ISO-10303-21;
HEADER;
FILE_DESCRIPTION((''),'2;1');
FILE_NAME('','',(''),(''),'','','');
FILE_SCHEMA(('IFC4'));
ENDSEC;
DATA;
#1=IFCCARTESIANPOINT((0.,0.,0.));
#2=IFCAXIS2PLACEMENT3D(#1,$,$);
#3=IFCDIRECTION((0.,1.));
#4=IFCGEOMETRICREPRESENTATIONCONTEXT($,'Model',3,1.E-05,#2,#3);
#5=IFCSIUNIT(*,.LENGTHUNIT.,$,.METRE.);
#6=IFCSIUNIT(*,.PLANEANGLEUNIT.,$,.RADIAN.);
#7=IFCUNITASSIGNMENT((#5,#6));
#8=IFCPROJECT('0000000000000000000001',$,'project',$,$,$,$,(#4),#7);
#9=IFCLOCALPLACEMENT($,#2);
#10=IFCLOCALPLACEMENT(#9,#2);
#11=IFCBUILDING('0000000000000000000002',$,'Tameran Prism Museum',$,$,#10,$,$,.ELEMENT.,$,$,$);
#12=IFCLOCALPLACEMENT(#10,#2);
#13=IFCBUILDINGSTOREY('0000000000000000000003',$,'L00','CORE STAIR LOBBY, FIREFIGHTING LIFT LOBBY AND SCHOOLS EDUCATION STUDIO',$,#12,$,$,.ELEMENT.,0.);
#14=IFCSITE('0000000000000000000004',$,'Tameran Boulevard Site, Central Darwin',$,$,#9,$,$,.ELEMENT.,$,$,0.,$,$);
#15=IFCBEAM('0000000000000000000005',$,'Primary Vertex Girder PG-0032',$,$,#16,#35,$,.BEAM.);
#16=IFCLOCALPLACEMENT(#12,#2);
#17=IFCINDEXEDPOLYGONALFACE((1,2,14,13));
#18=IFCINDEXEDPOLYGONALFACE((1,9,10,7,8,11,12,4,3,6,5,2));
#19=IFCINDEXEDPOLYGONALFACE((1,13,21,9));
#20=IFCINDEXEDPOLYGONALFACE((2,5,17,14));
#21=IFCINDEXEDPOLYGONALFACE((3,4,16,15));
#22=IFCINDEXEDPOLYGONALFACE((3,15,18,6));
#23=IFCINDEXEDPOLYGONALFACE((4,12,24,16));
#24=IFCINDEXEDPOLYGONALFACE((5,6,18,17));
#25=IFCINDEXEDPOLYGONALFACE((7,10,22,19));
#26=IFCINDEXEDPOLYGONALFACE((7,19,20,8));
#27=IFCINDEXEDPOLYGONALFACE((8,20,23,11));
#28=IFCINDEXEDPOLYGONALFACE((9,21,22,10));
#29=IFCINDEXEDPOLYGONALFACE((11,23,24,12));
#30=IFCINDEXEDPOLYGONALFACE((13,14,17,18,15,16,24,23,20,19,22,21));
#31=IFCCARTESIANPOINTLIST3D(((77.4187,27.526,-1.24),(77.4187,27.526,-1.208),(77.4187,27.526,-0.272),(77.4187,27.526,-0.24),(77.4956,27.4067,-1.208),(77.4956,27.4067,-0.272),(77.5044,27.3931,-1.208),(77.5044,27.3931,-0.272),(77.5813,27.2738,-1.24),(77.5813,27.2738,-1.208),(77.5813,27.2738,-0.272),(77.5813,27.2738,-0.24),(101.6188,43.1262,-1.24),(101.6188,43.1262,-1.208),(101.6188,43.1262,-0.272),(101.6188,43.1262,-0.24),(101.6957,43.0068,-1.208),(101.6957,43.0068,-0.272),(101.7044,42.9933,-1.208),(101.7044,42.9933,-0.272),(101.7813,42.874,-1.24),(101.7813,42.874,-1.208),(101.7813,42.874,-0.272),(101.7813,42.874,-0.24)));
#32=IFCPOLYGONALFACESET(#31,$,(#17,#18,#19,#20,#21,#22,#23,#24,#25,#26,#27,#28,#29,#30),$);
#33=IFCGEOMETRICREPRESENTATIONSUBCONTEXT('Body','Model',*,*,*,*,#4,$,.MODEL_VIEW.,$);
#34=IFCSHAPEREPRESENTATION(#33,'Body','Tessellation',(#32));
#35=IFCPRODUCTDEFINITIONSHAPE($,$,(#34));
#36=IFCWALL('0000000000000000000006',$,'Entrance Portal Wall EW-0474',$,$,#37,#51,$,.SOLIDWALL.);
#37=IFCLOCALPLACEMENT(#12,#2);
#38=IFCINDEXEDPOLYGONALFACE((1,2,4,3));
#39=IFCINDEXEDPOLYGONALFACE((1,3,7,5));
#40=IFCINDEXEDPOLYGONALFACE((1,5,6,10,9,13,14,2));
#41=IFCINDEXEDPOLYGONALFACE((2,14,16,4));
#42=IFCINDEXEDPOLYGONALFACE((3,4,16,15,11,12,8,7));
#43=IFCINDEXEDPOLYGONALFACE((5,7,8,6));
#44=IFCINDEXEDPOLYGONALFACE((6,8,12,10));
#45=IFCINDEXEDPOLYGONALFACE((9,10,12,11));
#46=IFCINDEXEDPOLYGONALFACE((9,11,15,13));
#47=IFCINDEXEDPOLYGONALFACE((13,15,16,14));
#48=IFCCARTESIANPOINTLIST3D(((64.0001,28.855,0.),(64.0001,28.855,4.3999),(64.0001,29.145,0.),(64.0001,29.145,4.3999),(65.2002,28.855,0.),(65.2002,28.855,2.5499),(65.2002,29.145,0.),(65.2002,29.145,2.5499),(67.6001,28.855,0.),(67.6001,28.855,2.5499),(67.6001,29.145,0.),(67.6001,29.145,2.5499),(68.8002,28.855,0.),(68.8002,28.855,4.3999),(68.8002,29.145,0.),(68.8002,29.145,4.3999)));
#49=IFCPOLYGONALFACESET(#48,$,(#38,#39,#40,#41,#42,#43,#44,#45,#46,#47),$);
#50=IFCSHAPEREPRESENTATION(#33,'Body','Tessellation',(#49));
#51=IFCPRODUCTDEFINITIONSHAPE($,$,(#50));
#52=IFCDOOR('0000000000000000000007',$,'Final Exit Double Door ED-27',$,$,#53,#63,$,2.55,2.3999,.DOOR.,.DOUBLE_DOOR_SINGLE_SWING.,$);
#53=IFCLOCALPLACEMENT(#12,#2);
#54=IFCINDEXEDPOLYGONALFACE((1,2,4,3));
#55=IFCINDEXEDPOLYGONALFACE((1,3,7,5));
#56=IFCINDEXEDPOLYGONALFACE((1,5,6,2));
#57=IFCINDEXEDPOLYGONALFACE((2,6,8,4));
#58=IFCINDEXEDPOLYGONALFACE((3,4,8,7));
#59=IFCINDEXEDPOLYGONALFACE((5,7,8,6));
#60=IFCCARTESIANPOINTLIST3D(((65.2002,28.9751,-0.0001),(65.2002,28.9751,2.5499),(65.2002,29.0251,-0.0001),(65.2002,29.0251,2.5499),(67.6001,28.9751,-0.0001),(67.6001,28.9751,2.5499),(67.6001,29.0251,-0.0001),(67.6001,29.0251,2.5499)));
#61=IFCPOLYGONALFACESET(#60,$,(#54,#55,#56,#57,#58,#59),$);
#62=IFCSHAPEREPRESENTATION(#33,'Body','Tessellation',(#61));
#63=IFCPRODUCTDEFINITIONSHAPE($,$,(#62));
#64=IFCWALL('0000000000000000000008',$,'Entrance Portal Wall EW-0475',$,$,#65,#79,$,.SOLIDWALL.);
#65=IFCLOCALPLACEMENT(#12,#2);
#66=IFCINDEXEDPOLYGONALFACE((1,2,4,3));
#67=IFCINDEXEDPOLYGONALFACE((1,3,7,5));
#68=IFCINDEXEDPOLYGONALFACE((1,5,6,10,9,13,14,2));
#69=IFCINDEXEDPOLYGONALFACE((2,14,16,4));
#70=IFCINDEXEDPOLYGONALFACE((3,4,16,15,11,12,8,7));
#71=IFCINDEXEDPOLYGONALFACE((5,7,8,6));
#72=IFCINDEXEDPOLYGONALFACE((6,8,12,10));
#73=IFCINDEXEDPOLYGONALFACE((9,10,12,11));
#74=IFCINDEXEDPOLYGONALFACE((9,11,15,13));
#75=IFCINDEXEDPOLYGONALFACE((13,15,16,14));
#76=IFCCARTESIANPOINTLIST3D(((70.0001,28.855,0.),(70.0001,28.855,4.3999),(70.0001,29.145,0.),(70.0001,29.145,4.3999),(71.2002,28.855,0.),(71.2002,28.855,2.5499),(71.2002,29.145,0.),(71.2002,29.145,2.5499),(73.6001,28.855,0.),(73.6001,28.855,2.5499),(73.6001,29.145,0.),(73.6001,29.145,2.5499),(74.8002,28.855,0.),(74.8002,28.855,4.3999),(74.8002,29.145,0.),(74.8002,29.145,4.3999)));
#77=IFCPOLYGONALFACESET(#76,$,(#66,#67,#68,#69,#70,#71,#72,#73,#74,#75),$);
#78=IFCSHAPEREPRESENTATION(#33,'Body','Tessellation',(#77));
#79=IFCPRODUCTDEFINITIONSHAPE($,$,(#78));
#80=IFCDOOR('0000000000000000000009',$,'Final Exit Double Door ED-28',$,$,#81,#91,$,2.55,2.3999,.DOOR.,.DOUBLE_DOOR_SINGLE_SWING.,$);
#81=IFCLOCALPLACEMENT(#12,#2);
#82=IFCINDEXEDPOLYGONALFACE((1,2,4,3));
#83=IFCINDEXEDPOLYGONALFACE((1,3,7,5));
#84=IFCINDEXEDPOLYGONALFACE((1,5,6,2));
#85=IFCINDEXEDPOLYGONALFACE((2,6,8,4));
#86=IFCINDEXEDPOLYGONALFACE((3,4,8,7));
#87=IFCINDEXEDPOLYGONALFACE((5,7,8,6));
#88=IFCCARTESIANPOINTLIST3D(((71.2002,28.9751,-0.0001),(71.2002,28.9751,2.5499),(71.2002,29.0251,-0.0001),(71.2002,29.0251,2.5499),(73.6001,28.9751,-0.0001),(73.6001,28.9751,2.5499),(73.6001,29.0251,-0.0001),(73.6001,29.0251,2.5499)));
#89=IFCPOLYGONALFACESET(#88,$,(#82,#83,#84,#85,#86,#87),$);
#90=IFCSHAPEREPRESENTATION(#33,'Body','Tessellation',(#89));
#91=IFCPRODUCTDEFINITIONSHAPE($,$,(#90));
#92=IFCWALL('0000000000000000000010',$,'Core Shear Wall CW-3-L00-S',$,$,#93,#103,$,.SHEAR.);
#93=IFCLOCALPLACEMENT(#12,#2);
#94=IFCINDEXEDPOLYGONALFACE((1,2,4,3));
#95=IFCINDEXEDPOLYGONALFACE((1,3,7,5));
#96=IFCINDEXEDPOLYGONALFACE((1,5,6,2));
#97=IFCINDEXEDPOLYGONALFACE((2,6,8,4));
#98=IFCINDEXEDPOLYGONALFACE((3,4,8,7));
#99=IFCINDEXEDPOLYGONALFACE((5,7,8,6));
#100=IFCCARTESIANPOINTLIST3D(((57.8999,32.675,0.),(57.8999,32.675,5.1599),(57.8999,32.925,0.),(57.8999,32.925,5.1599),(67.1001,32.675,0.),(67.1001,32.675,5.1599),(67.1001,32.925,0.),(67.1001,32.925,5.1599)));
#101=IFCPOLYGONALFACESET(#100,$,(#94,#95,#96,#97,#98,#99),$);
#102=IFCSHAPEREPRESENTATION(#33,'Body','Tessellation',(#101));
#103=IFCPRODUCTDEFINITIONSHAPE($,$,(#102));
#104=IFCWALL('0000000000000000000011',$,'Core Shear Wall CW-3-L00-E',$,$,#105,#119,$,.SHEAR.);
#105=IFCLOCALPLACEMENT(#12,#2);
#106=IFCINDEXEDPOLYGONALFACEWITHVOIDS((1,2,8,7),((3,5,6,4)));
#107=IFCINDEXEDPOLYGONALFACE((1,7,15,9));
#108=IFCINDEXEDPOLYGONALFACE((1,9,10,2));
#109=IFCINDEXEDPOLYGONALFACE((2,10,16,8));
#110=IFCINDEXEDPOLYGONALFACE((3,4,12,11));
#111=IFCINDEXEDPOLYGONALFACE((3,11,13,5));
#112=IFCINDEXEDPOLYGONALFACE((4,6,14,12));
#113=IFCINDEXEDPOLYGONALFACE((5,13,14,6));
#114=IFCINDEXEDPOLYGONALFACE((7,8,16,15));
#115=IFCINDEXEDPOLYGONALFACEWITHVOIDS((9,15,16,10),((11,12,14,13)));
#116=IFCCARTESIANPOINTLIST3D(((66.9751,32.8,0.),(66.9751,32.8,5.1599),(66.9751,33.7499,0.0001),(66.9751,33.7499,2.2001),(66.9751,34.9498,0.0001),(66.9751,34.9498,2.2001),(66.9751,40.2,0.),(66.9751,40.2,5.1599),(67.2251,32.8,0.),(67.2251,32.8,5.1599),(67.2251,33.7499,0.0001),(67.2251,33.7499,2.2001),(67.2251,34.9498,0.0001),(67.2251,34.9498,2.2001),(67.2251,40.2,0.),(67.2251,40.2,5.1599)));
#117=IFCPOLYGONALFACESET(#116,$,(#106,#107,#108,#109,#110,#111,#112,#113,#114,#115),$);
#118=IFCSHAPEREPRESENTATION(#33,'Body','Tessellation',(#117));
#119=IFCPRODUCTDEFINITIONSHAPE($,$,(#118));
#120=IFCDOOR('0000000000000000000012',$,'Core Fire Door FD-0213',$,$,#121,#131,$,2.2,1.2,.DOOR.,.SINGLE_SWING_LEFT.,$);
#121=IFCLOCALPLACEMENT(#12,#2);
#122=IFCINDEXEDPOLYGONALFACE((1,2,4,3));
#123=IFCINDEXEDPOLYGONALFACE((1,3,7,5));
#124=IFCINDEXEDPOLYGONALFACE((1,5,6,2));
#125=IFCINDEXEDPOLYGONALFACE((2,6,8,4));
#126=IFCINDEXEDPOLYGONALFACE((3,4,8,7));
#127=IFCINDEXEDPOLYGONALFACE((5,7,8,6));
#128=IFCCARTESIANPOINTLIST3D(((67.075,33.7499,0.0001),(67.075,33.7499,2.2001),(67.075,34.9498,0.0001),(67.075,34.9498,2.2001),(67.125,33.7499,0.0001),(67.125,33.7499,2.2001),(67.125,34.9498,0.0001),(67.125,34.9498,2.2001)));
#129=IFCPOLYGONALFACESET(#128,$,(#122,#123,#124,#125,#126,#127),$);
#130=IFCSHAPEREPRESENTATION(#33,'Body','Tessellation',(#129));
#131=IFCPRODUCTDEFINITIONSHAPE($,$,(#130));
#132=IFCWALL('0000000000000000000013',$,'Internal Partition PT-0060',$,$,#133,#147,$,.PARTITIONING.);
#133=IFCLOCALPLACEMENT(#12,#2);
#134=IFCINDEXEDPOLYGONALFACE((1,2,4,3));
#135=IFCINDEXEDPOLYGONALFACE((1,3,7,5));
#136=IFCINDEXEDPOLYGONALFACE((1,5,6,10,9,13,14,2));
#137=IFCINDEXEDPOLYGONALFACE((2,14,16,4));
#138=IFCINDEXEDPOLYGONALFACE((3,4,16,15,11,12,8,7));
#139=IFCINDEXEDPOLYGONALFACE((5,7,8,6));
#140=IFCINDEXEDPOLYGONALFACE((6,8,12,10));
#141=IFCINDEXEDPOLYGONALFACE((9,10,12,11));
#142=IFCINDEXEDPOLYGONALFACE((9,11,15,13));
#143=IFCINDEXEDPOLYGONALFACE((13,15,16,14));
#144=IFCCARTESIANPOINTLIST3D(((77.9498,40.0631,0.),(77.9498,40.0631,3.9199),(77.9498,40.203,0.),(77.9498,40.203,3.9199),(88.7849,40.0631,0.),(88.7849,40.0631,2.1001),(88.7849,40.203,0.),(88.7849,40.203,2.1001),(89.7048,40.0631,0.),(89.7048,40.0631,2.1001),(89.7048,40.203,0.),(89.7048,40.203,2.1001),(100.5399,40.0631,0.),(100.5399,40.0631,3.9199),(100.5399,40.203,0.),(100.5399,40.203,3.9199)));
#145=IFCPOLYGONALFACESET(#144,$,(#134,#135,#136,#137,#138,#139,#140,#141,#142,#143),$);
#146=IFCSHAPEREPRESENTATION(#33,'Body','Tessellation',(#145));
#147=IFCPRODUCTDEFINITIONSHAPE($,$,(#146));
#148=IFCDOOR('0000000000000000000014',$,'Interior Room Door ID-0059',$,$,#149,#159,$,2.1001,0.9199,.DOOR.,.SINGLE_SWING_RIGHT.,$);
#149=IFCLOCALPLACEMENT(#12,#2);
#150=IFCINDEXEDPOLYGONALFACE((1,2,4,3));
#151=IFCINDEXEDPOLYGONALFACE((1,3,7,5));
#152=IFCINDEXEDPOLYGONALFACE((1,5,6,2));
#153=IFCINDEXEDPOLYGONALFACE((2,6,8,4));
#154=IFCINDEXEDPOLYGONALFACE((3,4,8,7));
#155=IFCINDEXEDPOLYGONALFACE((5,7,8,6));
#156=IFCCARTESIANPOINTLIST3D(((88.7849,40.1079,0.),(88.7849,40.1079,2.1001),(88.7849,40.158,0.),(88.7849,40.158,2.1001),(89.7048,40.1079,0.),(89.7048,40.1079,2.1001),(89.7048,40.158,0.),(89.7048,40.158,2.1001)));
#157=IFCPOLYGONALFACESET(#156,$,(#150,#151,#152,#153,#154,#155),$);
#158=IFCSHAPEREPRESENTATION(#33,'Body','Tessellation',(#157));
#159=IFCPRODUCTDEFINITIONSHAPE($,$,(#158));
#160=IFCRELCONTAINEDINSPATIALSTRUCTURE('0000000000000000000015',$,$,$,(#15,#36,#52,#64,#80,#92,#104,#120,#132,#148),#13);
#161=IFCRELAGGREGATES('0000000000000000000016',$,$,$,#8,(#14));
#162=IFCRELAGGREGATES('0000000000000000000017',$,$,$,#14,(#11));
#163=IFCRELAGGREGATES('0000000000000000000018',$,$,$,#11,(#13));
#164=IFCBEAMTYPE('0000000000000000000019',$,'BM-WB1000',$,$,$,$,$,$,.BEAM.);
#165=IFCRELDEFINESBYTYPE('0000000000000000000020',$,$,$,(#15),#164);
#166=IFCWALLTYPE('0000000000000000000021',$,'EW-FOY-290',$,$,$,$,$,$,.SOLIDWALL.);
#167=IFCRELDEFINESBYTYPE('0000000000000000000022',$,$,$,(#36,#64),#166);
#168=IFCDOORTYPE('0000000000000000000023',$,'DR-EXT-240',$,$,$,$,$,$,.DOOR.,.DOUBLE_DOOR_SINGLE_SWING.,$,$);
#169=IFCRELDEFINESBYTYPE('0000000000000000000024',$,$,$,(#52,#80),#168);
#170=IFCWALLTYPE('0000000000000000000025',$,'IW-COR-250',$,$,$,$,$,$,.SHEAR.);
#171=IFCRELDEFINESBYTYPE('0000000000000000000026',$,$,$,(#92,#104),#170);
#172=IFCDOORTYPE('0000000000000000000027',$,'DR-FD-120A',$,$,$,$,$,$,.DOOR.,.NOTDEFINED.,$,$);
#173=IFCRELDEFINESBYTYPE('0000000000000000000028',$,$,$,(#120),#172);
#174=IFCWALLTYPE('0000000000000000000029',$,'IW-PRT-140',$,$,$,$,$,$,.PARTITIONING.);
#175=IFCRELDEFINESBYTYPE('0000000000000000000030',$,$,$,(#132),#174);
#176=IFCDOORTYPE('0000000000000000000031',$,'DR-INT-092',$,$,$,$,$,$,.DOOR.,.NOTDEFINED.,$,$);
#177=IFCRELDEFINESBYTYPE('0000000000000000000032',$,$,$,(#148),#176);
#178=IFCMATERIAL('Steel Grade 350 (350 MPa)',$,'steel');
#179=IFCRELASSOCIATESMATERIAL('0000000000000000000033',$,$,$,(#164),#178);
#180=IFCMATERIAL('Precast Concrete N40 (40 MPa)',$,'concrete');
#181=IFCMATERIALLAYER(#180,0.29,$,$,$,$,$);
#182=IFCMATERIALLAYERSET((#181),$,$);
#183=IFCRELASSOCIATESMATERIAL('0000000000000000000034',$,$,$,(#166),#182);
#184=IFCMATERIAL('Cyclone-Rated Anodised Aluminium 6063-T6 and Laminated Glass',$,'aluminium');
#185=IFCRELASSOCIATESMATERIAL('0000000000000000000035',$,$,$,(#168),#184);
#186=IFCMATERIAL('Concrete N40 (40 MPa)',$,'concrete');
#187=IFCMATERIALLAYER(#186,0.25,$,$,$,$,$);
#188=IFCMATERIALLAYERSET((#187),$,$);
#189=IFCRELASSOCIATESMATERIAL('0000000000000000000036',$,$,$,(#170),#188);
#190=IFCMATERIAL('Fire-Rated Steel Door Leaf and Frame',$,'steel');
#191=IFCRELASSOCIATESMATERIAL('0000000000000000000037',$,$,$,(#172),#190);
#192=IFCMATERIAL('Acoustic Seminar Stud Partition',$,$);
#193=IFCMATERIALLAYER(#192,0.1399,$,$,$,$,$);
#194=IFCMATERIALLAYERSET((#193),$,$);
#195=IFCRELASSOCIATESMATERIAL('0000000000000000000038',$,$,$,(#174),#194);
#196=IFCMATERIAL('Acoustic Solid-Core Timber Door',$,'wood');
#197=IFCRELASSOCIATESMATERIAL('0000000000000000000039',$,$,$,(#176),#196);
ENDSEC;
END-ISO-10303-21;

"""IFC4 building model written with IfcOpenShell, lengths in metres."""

from ifc_helpers import new_model, si_unit, direction, frame, frame_2d, origin, origin_2d, place, context, subcontext, project, spatial, rectangle, i_section, extrude, material, layer, layer_set, material_profile, profile_set, type_object, element, fill, save


model = new_model("IFC4")

# Units and contexts
model_context = context("Model", 3, precision=1e-05, world=origin(), true_north=direction((0.0, 1.0)))
body_context = subcontext(model_context, "Body", "Model", "MODEL_VIEW")
ifc_project = project(units=[si_unit("LENGTHUNIT", "METRE"), si_unit("PLANEANGLEUNIT", "RADIAN")], contexts=[model_context])

# Site, building, storey
site_placement = place(None, origin())
site = spatial("IfcSite", under=ifc_project, at=site_placement, Name="Tameran Boulevard Site, Central Darwin", CompositionType="ELEMENT", RefElevation=0.0)
building_placement = place(site_placement, origin())
building = spatial("IfcBuilding", under=site, at=building_placement, Name="Tameran Prism Museum", CompositionType="ELEMENT")
storey_placement = place(building_placement, origin())
storey = spatial("IfcBuildingStorey", under=building, at=storey_placement, Name="L00", Description="CORE STAIR LOBBY, FIREFIGHTING LIFT LOBBY AND SCHOOLS EDUCATION STUDIO", CompositionType="ELEMENT", Elevation=0.0)

# Beam
ifc_material_1 = material(Name="Steel Grade 350 (350 MPa)", Category="steel")
ifc_material_profile_1 = material_profile(ifc_material_1, i_section(OverallWidth=0.3, OverallDepth=1.0, WebThickness=0.0161, FlangeThickness=0.032, at=origin_2d()))
ifc_profile_set_1 = profile_set([ifc_material_profile_1])
beam_type_1 = type_object("IfcBeamType", Name="BM-WB1000", PredefinedType="BEAM", material=ifc_profile_set_1)
beam_1_placement = place(storey_placement, frame((77.5, 27.3999, -0.74), z_axis=(0.840499, 0.541814, 0.0), x_axis=(-0.541814, 0.840499, 0.0)))
element("IfcBeam", 1, at=beam_1_placement, inside=storey, type_object=beam_type_1, Name="Primary Vertex Girder PG-0032", PredefinedType="BEAM", context=body_context, shape_type="SweptSolid", body=[
    extrude(i_section(OverallWidth=0.3, OverallDepth=1.0, WebThickness=0.0161, FlangeThickness=0.032, at=origin_2d()), origin(), (0.0, 0.0, 1.0), 28.7925),
])

# Walls, openings, doors
ifc_material_2 = material(Name="Precast Concrete N40 (40 MPa)", Category="concrete")
ifc_layer_1 = layer(ifc_material_2, 0.29)
ifc_layer_set_1 = layer_set([ifc_layer_1])
wall_type_1 = type_object("IfcWallType", Name="EW-FOY-290", PredefinedType="SOLIDWALL", material=ifc_layer_set_1)
wall_1_placement = place(storey_placement, frame((68.8, 29.0, 0.0), z_axis=(0.0, 0.0, 1.0), x_axis=(-1.0, 0.0, 0.0)))
wall_1 = element("IfcWall", 2, at=wall_1_placement, inside=storey, type_object=wall_type_1, Name="Entrance Portal Wall EW-0474", PredefinedType="SOLIDWALL", context=body_context, shape_type="SweptSolid", body=[
    extrude(rectangle(XDim=4.8, YDim=0.29, at=frame_2d((2.3999, 0.0))), origin(), (0.0, 0.0, 1.0), 4.3999),
])
opening_1_placement = place(wall_1_placement, frame((1.2, 0.0, 0.0)))
opening_1 = element("IfcOpeningElement", 3, at=opening_1_placement, cuts=wall_1, PredefinedType="OPENING", context=body_context, shape_type="SweptSolid", body=[
    extrude(rectangle(XDim=2.3999, YDim=2.55, at=frame_2d((1.2, 1.2749))), frame((0.0, 0.155, 0.0), z_axis=(0.0, -1.0, 0.0), x_axis=(1.0, 0.0, 0.0)), (0.0, 0.0, 1.0), 0.3101),
])
ifc_material_3 = material(Name="Cyclone-Rated Anodised Aluminium 6063-T6 and Laminated Glass", Category="aluminium")
door_type_1 = type_object("IfcDoorType", Name="DR-EXT-240", OperationType="DOUBLE_DOOR_SINGLE_SWING", PredefinedType="DOOR", material=ifc_material_3)
door_1_placement = place(opening_1_placement, origin())
door_1 = element("IfcDoor", 4, at=door_1_placement, inside=storey, type_object=door_type_1, Name="Final Exit Double Door ED-27", OperationType="DOUBLE_DOOR_SINGLE_SWING", OverallHeight=2.55, OverallWidth=2.3999, PredefinedType="DOOR", context=body_context, shape_type="SweptSolid", body=[
    extrude(rectangle(XDim=2.3999, YDim=2.55, at=frame_2d((1.2, 1.2749))), frame((0.0, 0.0249, 0.0), z_axis=(0.0, -1.0, 0.0), x_axis=(1.0, 0.0, 0.0)), (0.0, 0.0, 1.0), 0.05),
])
fill(opening_1, door_1)
wall_2_placement = place(storey_placement, frame((74.8, 29.0, 0.0), z_axis=(0.0, 0.0, 1.0), x_axis=(-1.0, 0.0, 0.0)))
wall_2 = element("IfcWall", 5, at=wall_2_placement, inside=storey, type_object=wall_type_1, Name="Entrance Portal Wall EW-0475", PredefinedType="SOLIDWALL", context=body_context, shape_type="SweptSolid", body=[
    extrude(rectangle(XDim=4.8, YDim=0.29, at=frame_2d((2.3999, 0.0))), origin(), (0.0, 0.0, 1.0), 4.3999),
])
opening_2_placement = place(wall_2_placement, frame((1.2, 0.0, 0.0)))
opening_2 = element("IfcOpeningElement", 6, at=opening_2_placement, cuts=wall_2, PredefinedType="OPENING", context=body_context, shape_type="SweptSolid", body=[
    extrude(rectangle(XDim=2.3999, YDim=2.55, at=frame_2d((1.2, 1.2749))), frame((0.0, 0.155, 0.0), z_axis=(0.0, -1.0, 0.0), x_axis=(1.0, 0.0, 0.0)), (0.0, 0.0, 1.0), 0.3101),
])
door_2_placement = place(opening_2_placement, origin())
door_2 = element("IfcDoor", 7, at=door_2_placement, inside=storey, type_object=door_type_1, Name="Final Exit Double Door ED-28", OperationType="DOUBLE_DOOR_SINGLE_SWING", OverallHeight=2.55, OverallWidth=2.3999, PredefinedType="DOOR", context=body_context, shape_type="SweptSolid", body=[
    extrude(rectangle(XDim=2.3999, YDim=2.55, at=frame_2d((1.2, 1.2749))), frame((0.0, 0.0249, 0.0), z_axis=(0.0, -1.0, 0.0), x_axis=(1.0, 0.0, 0.0)), (0.0, 0.0, 1.0), 0.05),
])
fill(opening_2, door_2)

# Wall
ifc_material_4 = material(Name="Concrete N40 (40 MPa)", Category="concrete")
ifc_layer_2 = layer(ifc_material_4, 0.25)
ifc_layer_set_2 = layer_set([ifc_layer_2])
wall_type_2 = type_object("IfcWallType", Name="IW-COR-250", PredefinedType="SHEAR", material=ifc_layer_set_2)
wall_3_placement = place(storey_placement, frame((67.1001, 32.8, 0.0), z_axis=(0.0, 0.0, 1.0), x_axis=(-1.0, 0.0, 0.0)))
element("IfcWall", 8, at=wall_3_placement, inside=storey, type_object=wall_type_2, Name="Core Shear Wall CW-3-L00-S", PredefinedType="SHEAR", context=body_context, shape_type="SweptSolid", body=[
    extrude(rectangle(XDim=9.2002, YDim=0.25, at=frame_2d((4.6001, 0.0))), origin(), (0.0, 0.0, 1.0), 5.1599),
])

# Walls, openings, doors
wall_4_placement = place(storey_placement, frame((67.1001, 40.2, 0.0), z_axis=(0.0, 0.0, 1.0), x_axis=(0.0, -1.0, 0.0)))
wall_4 = element("IfcWall", 9, at=wall_4_placement, inside=storey, type_object=wall_type_2, Name="Core Shear Wall CW-3-L00-E", PredefinedType="SHEAR", context=body_context, shape_type="SweptSolid", body=[
    extrude(rectangle(XDim=7.3999, YDim=0.25, at=frame_2d((3.7, 0.0))), origin(), (0.0, 0.0, 1.0), 5.1599),
])
opening_3_placement = place(wall_4_placement, frame((5.25, 0.0, 0.0)))
opening_3 = element("IfcOpeningElement", 10, at=opening_3_placement, cuts=wall_4, PredefinedType="OPENING", context=body_context, shape_type="SweptSolid", body=[
    extrude(rectangle(XDim=1.2, YDim=2.2, at=frame_2d((0.6001, 1.1001))), frame((0.0, 0.135, 0.0), z_axis=(0.0, -1.0, 0.0), x_axis=(1.0, 0.0, 0.0)), (0.0, 0.0, 1.0), 0.27),
])
ifc_material_5 = material(Name="Fire-Rated Steel Door Leaf and Frame", Category="steel")
door_type_2 = type_object("IfcDoorType", Name="DR-FD-120A", OperationType="NOTDEFINED", PredefinedType="DOOR", material=ifc_material_5)
door_3_placement = place(opening_3_placement, origin())
door_3 = element("IfcDoor", 11, at=door_3_placement, inside=storey, type_object=door_type_2, Name="Core Fire Door FD-0213", OperationType="SINGLE_SWING_LEFT", OverallHeight=2.2, OverallWidth=1.2, PredefinedType="DOOR", context=body_context, shape_type="SweptSolid", body=[
    extrude(rectangle(XDim=1.2, YDim=2.2, at=frame_2d((0.6001, 1.1001))), frame((0.0, 0.0249, 0.0), z_axis=(0.0, -1.0, 0.0), x_axis=(1.0, 0.0, 0.0)), (0.0, 0.0, 1.0), 0.05),
])
fill(opening_3, door_3)
ifc_material_6 = material(Name="Acoustic Seminar Stud Partition")
ifc_layer_3 = layer(ifc_material_6, 0.1399)
ifc_layer_set_3 = layer_set([ifc_layer_3])
wall_type_3 = type_object("IfcWallType", Name="IW-PRT-140", PredefinedType="PARTITIONING", material=ifc_layer_set_3)
wall_5_placement = place(storey_placement, frame((77.95, 40.1331, 0.0), z_axis=(0.0, 0.0, 1.0), x_axis=(1.0, 0.0, 0.0)))
wall_5 = element("IfcWall", 12, at=wall_5_placement, inside=storey, type_object=wall_type_3, Name="Internal Partition PT-0060", PredefinedType="PARTITIONING", context=body_context, shape_type="SweptSolid", body=[
    extrude(rectangle(XDim=22.5901, YDim=0.1399, at=frame_2d((11.2949, 0.0))), origin(), (0.0, 0.0, 1.0), 3.9199),
])
opening_4_placement = place(wall_5_placement, frame((10.835, 0.0, 0.0)))
opening_4 = element("IfcOpeningElement", 13, at=opening_4_placement, cuts=wall_5, PredefinedType="OPENING", context=body_context, shape_type="SweptSolid", body=[
    extrude(rectangle(XDim=0.9199, YDim=2.1001, at=frame_2d((0.46, 1.05))), frame((0.0, 0.0798, 0.0), z_axis=(0.0, -1.0, 0.0), x_axis=(1.0, 0.0, 0.0)), (0.0, 0.0, 1.0), 0.1599),
])
ifc_material_7 = material(Name="Acoustic Solid-Core Timber Door", Category="wood")
door_type_3 = type_object("IfcDoorType", Name="DR-INT-092", OperationType="NOTDEFINED", PredefinedType="DOOR", material=ifc_material_7)
door_4_placement = place(opening_4_placement, origin())
door_4 = element("IfcDoor", 14, at=door_4_placement, inside=storey, type_object=door_type_3, Name="Interior Room Door ID-0059", OperationType="SINGLE_SWING_RIGHT", OverallHeight=2.1001, OverallWidth=0.9199, PredefinedType="DOOR", context=body_context, shape_type="SweptSolid", body=[
    extrude(rectangle(XDim=0.9199, YDim=2.1001, at=frame_2d((0.46, 1.05))), frame((0.0, 0.0249, 0.0), z_axis=(0.0, -1.0, 0.0), x_axis=(1.0, 0.0, 0.0)), (0.0, 0.0, 1.0), 0.05),
])
fill(opening_4, door_4)

save(model, "model.ifc")
